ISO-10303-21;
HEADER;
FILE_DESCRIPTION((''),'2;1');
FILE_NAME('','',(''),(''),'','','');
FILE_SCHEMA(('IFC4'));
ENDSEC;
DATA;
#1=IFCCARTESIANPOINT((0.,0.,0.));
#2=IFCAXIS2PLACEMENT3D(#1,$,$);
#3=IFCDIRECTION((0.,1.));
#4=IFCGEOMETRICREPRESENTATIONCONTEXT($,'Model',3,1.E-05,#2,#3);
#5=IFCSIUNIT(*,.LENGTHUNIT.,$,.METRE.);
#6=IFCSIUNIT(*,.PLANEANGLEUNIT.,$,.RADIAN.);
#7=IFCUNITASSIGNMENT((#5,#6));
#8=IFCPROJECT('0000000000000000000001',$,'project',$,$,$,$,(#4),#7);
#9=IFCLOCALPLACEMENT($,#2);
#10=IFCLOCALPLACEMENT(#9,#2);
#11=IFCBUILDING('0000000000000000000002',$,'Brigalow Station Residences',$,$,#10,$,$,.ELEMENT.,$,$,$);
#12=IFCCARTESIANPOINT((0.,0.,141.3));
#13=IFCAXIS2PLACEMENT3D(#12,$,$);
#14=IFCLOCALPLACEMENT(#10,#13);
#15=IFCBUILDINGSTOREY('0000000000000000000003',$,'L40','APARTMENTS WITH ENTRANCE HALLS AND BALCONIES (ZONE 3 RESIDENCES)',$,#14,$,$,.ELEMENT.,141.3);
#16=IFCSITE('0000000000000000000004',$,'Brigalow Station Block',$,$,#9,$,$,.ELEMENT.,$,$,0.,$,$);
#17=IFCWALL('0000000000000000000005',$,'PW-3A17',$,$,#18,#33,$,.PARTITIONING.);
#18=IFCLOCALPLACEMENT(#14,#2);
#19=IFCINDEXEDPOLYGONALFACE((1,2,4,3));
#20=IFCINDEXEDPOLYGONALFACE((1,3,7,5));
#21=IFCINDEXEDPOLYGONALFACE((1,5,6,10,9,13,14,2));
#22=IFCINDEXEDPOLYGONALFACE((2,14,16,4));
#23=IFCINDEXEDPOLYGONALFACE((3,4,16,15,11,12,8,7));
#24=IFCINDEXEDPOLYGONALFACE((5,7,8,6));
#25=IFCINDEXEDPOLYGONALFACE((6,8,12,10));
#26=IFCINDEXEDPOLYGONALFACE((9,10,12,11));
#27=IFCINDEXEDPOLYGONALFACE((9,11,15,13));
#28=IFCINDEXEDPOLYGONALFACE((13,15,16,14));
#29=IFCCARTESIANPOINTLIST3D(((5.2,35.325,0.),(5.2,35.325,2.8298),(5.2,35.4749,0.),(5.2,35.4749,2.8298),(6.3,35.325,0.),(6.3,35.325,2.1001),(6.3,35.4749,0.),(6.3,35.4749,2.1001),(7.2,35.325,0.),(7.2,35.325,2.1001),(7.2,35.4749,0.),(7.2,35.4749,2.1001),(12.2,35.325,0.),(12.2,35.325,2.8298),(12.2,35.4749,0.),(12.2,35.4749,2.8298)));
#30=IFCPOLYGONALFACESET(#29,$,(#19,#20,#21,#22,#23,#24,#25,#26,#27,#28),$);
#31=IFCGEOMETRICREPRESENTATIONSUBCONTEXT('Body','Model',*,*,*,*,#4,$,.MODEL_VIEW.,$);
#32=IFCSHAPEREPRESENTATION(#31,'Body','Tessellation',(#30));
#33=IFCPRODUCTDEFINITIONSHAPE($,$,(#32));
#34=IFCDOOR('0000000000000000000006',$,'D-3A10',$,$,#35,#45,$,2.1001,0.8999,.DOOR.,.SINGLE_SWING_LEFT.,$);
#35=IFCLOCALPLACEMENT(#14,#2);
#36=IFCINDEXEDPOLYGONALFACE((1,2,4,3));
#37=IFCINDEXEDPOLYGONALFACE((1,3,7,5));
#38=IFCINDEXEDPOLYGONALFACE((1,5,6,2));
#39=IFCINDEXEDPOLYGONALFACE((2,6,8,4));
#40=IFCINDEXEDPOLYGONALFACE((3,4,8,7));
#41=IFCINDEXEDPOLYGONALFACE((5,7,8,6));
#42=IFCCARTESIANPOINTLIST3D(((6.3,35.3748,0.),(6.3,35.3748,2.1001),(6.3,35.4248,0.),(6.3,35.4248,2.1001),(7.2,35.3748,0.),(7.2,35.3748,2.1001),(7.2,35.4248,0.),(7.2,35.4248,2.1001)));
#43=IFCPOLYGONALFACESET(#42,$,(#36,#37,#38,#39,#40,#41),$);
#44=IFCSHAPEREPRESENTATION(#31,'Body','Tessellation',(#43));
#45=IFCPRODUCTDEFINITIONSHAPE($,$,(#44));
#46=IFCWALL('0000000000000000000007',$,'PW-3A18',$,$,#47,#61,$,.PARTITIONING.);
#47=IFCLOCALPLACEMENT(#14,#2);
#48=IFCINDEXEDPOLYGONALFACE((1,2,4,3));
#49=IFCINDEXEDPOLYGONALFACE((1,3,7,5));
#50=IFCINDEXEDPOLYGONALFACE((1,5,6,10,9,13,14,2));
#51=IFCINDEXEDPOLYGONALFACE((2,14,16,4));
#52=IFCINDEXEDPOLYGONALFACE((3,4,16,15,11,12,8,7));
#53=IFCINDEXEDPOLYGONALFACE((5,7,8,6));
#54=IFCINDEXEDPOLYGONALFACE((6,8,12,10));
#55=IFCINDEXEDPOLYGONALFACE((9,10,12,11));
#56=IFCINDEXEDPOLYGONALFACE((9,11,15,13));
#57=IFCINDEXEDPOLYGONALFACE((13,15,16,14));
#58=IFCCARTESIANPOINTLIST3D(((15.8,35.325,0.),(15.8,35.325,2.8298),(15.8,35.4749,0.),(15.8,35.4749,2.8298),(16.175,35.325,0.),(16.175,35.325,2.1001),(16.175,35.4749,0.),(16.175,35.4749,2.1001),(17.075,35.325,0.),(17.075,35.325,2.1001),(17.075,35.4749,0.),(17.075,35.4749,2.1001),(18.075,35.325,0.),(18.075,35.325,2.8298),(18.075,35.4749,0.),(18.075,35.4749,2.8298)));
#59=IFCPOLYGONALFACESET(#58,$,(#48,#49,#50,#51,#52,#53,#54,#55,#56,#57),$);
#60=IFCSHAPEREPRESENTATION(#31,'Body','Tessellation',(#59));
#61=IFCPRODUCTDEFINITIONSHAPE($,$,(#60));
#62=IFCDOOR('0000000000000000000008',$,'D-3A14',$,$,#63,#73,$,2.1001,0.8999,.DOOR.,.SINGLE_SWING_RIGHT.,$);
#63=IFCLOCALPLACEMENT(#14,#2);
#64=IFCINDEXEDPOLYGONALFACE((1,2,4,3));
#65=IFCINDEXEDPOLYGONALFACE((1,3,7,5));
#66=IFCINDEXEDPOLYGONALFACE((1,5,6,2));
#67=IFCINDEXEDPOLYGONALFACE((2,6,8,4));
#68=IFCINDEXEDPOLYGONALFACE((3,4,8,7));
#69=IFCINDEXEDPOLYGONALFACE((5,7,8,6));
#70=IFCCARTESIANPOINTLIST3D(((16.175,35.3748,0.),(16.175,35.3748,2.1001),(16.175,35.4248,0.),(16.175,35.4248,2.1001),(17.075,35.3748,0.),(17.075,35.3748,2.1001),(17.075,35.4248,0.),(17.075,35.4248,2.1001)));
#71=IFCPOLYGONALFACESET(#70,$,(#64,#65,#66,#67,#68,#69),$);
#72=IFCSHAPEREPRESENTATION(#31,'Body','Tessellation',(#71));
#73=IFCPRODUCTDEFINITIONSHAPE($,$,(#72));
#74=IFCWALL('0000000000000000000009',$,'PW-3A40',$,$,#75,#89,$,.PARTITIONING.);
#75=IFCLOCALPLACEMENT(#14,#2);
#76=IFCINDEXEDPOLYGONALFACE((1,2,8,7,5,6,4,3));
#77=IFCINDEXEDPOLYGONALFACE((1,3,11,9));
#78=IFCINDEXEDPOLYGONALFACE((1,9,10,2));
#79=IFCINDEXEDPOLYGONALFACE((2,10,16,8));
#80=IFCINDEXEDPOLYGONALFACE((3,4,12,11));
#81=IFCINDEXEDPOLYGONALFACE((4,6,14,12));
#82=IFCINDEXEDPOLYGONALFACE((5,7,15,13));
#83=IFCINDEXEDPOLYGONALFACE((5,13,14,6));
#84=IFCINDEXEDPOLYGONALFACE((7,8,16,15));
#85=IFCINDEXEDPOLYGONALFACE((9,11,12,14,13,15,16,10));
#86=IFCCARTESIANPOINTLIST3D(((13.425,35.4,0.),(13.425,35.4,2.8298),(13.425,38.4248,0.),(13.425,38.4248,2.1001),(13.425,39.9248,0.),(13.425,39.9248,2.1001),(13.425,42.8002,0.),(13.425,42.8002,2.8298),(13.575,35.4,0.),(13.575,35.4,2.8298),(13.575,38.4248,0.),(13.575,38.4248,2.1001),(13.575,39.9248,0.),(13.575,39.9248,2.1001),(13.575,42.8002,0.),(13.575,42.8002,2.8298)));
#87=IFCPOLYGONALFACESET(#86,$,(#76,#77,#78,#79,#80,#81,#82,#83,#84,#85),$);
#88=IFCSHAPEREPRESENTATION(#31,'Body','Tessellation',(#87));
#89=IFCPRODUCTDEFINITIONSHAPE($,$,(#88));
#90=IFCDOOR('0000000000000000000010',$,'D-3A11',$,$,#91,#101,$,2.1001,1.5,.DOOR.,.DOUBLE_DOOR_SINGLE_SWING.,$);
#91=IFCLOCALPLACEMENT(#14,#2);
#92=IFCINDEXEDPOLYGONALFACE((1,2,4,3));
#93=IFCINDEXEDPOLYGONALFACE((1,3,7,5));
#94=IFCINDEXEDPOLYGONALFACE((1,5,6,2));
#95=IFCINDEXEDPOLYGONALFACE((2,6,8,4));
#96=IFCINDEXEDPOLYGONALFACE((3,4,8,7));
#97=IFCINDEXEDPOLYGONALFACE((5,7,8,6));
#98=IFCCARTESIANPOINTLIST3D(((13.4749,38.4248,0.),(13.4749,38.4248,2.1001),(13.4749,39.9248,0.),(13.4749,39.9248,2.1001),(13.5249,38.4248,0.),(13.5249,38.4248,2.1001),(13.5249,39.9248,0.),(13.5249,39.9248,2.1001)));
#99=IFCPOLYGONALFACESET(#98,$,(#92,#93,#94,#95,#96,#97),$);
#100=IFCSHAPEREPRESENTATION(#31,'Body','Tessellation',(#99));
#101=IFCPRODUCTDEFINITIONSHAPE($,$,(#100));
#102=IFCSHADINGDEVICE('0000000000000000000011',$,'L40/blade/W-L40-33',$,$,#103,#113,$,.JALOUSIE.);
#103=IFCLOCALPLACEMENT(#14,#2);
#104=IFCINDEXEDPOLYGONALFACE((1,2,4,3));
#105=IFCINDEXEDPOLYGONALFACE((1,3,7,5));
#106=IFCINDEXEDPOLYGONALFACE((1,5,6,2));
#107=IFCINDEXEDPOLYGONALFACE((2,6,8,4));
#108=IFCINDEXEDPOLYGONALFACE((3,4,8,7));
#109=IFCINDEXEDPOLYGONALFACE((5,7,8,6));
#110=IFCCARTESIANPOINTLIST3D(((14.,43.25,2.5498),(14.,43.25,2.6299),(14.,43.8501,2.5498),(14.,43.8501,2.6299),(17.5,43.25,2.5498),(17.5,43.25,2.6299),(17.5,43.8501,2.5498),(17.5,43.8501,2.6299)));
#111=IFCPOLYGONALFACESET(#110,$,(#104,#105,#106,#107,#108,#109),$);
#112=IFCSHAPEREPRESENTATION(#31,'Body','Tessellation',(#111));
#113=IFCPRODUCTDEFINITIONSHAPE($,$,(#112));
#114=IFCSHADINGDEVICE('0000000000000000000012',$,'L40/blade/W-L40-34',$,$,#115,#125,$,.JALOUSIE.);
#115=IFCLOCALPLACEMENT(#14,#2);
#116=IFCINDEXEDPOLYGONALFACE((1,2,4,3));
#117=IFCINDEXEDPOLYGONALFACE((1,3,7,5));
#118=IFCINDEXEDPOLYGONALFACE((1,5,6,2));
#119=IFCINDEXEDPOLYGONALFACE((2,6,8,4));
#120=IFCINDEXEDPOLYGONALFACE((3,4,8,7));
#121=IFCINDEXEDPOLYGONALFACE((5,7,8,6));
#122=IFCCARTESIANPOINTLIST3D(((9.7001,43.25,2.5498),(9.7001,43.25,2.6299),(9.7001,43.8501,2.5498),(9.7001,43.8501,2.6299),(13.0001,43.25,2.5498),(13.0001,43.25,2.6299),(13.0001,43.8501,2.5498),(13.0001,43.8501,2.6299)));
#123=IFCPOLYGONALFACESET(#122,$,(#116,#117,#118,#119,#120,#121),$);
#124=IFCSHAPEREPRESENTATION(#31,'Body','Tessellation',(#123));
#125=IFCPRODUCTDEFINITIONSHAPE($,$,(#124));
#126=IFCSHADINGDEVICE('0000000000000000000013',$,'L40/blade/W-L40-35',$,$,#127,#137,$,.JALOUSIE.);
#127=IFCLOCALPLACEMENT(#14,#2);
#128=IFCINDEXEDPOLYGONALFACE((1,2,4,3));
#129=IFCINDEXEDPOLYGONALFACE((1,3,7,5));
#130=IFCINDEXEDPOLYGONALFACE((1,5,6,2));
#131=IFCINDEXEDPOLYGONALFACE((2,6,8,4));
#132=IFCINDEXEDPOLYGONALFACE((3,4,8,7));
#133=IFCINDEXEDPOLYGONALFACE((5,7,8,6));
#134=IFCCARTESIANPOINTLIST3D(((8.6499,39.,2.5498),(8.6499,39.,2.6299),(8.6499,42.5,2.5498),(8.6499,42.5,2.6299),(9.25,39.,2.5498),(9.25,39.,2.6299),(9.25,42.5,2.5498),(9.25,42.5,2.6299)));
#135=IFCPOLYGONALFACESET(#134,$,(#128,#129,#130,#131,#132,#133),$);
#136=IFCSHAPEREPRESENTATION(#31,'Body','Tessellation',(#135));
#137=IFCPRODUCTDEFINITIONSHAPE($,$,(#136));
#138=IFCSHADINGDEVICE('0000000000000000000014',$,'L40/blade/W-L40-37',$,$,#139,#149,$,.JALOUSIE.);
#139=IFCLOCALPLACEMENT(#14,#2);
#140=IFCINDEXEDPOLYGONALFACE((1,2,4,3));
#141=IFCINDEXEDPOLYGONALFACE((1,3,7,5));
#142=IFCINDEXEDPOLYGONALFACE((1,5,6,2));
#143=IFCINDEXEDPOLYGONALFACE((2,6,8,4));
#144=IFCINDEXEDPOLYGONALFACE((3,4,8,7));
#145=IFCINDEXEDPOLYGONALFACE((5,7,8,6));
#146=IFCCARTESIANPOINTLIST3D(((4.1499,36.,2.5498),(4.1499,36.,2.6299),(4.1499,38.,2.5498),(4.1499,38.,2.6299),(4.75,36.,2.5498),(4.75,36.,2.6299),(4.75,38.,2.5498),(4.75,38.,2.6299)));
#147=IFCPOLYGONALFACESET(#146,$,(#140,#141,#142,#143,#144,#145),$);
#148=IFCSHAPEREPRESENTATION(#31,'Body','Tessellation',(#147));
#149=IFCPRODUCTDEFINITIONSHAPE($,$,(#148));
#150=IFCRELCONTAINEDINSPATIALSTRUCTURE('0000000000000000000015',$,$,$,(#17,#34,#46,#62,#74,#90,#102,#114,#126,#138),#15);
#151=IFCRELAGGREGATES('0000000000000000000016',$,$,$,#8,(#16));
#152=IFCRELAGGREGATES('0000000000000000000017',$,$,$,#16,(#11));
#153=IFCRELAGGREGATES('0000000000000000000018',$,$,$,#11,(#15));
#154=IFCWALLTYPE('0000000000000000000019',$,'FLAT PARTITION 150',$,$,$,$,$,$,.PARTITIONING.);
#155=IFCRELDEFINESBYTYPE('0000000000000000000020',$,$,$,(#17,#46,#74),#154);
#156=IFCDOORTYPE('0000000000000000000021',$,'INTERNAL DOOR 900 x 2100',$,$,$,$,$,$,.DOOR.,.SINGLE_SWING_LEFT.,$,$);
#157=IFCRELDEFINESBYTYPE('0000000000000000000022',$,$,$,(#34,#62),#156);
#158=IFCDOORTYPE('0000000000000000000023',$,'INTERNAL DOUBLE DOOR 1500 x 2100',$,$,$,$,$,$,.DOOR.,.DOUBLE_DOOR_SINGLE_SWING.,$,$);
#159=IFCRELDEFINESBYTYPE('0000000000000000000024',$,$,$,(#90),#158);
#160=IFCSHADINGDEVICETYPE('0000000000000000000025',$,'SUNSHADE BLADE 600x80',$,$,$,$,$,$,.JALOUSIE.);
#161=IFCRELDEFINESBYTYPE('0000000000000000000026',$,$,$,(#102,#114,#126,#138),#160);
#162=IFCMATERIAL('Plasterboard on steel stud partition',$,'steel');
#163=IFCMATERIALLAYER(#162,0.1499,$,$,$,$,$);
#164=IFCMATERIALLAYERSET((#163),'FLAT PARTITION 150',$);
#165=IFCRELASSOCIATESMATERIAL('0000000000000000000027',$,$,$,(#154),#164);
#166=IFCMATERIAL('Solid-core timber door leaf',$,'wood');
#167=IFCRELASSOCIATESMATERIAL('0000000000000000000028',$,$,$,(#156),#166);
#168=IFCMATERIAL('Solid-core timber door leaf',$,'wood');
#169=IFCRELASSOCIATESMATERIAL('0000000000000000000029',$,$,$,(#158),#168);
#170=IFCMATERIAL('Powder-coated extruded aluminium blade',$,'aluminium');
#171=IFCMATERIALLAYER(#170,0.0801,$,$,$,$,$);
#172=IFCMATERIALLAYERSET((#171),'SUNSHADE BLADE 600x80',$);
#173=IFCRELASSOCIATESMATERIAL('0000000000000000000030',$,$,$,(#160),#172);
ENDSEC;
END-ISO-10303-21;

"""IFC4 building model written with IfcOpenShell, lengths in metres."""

from ifc_helpers import new_model, si_unit, direction, frame, frame_2d, origin, origin_2d, place, context, subcontext, project, spatial, rectangle, extrude, material, layer, layer_set, type_object, element, fill, save


model = new_model("IFC4")

# Units and contexts
model_context = context("Model", 3, precision=1e-05, world=origin(), true_north=direction((0.0, 1.0)))
body_context = subcontext(model_context, "Body", "Model", "MODEL_VIEW")
ifc_project = project(units=[si_unit("LENGTHUNIT", "METRE"), si_unit("PLANEANGLEUNIT", "RADIAN")], contexts=[model_context])

# Site, building, storey
site_placement = place(None, origin())
site = spatial("IfcSite", under=ifc_project, at=site_placement, Name="Brigalow Station Block", CompositionType="ELEMENT", RefElevation=0.0)
building_placement = place(site_placement, origin())
building = spatial("IfcBuilding", under=site, at=building_placement, Name="Brigalow Station Residences", CompositionType="ELEMENT")
storey_placement = place(building_placement, frame((0.0, 0.0, 141.3)))
storey = spatial("IfcBuildingStorey", under=building, at=storey_placement, Name="L40", Description="APARTMENTS WITH ENTRANCE HALLS AND BALCONIES (ZONE 3 RESIDENCES)", CompositionType="ELEMENT", Elevation=141.3)

# Walls, openings, doors
ifc_material_1 = material(Name="Plasterboard on steel stud partition", Category="steel")
ifc_layer_1 = layer(ifc_material_1, 0.1499)
ifc_layer_set_1 = layer_set([ifc_layer_1], Name="FLAT PARTITION 150")
wall_type_1 = type_object("IfcWallType", Name="FLAT PARTITION 150", PredefinedType="PARTITIONING", material=ifc_layer_set_1)
wall_1_placement = place(storey_placement, frame((5.2, 35.3999, 0.0), z_axis=(0.0, 0.0, 1.0), x_axis=(1.0, 0.0, 0.0)))
wall_1 = element("IfcWall", 1, at=wall_1_placement, inside=storey, type_object=wall_type_1, Name="PW-3A17", PredefinedType="PARTITIONING", context=body_context, shape_type="SweptSolid", body=[
    extrude(rectangle(XDim=7.0, YDim=0.1499, at=frame_2d((3.5, 0.0))), origin(), (0.0, 0.0, 1.0), 2.8298),
])
opening_1_placement = place(wall_1_placement, frame((1.1001, 0.0, 0.0)))
opening_1 = element("IfcOpeningElement", 2, at=opening_1_placement, cuts=wall_1, PredefinedType="OPENING", context=body_context, shape_type="SweptSolid", body=[
    extrude(rectangle(XDim=0.8999, YDim=2.1001, at=frame_2d((0.45, 1.05))), frame((0.0, 0.085, 0.0), z_axis=(0.0, -1.0, 0.0), x_axis=(1.0, 0.0, 0.0)), (0.0, 0.0, 1.0), 0.1699),
])
ifc_material_2 = material(Name="Solid-core timber door leaf", Category="wood")
door_type_1 = type_object("IfcDoorType", Name="INTERNAL DOOR 900 x 2100", OperationType="SINGLE_SWING_LEFT", PredefinedType="DOOR", material=ifc_material_2)
door_1_placement = place(opening_1_placement, origin())
door_1 = element("IfcDoor", 3, at=door_1_placement, inside=storey, type_object=door_type_1, Name="D-3A10", OperationType="SINGLE_SWING_LEFT", OverallHeight=2.1001, OverallWidth=0.8999, PredefinedType="DOOR", context=body_context, shape_type="SweptSolid", body=[
    extrude(rectangle(XDim=0.8999, YDim=2.1001, at=frame_2d((0.45, 1.05))), frame((0.0, 0.0249, 0.0), z_axis=(0.0, -1.0, 0.0), x_axis=(1.0, 0.0, 0.0)), (0.0, 0.0, 1.0), 0.05),
])
fill(opening_1, door_1)
wall_2_placement = place(storey_placement, frame((15.8, 35.3999, 0.0), z_axis=(0.0, 0.0, 1.0), x_axis=(1.0, 0.0, 0.0)))
wall_2 = element("IfcWall", 4, at=wall_2_placement, inside=storey, type_object=wall_type_1, Name="PW-3A18", PredefinedType="PARTITIONING", context=body_context, shape_type="SweptSolid", body=[
    extrude(rectangle(XDim=2.2749, YDim=0.1499, at=frame_2d((1.1375, 0.0))), origin(), (0.0, 0.0, 1.0), 2.8298),
])
opening_2_placement = place(wall_2_placement, frame((0.375, 0.0, 0.0)))
opening_2 = element("IfcOpeningElement", 5, at=opening_2_placement, cuts=wall_2, PredefinedType="OPENING", context=body_context, shape_type="SweptSolid", body=[
    extrude(rectangle(XDim=0.8999, YDim=2.1001, at=frame_2d((0.45, 1.05))), frame((0.0, 0.085, 0.0), z_axis=(0.0, -1.0, 0.0), x_axis=(1.0, 0.0, 0.0)), (0.0, 0.0, 1.0), 0.1699),
])
door_2_placement = place(opening_2_placement, origin())
door_2 = element("IfcDoor", 6, at=door_2_placement, inside=storey, type_object=door_type_1, Name="D-3A14", OperationType="SINGLE_SWING_RIGHT", OverallHeight=2.1001, OverallWidth=0.8999, PredefinedType="DOOR", context=body_context, shape_type="SweptSolid", body=[
    extrude(rectangle(XDim=0.8999, YDim=2.1001, at=frame_2d((0.45, 1.05))), frame((0.0, 0.0249, 0.0), z_axis=(0.0, -1.0, 0.0), x_axis=(1.0, 0.0, 0.0)), (0.0, 0.0, 1.0), 0.05),
])
fill(opening_2, door_2)
wall_3_placement = place(storey_placement, frame((13.5, 35.3999, 0.0), z_axis=(0.0, 0.0, 1.0), x_axis=(0.0, 1.0, 0.0)))
wall_3 = element("IfcWall", 7, at=wall_3_placement, inside=storey, type_object=wall_type_1, Name="PW-3A40", PredefinedType="PARTITIONING", context=body_context, shape_type="SweptSolid", body=[
    extrude(rectangle(XDim=7.4001, YDim=0.1499, at=frame_2d((3.7002, 0.0))), origin(), (0.0, 0.0, 1.0), 2.8298),
])
opening_3_placement = place(wall_3_placement, frame((3.0249, 0.0, 0.0)))
opening_3 = element("IfcOpeningElement", 8, at=opening_3_placement, cuts=wall_3, PredefinedType="OPENING", context=body_context, shape_type="SweptSolid", body=[
    extrude(rectangle(XDim=1.5, YDim=2.1001, at=frame_2d((0.75, 1.05))), frame((0.0, 0.085, 0.0), z_axis=(0.0, -1.0, 0.0), x_axis=(1.0, 0.0, 0.0)), (0.0, 0.0, 1.0), 0.1699),
])
ifc_material_3 = material(Name="Solid-core timber door leaf", Category="wood")
door_type_2 = type_object("IfcDoorType", Name="INTERNAL DOUBLE DOOR 1500 x 2100", OperationType="DOUBLE_DOOR_SINGLE_SWING", PredefinedType="DOOR", material=ifc_material_3)
door_3_placement = place(opening_3_placement, frame((1.5, 0.0, 0.0), z_axis=(0.0, 0.0, 1.0), x_axis=(-1.0, 0.0, 0.0)))
door_3 = element("IfcDoor", 9, at=door_3_placement, inside=storey, type_object=door_type_2, Name="D-3A11", OperationType="DOUBLE_DOOR_SINGLE_SWING", OverallHeight=2.1001, OverallWidth=1.5, PredefinedType="DOOR", context=body_context, shape_type="SweptSolid", body=[
    extrude(rectangle(XDim=1.5, YDim=2.1001, at=frame_2d((0.75, 1.05))), frame((0.0, 0.0249, 0.0), z_axis=(0.0, -1.0, 0.0), x_axis=(1.0, 0.0, 0.0)), (0.0, 0.0, 1.0), 0.05),
])
fill(opening_3, door_3)

# Shading devices
ifc_material_4 = material(Name="Powder-coated extruded aluminium blade", Category="aluminium")
ifc_layer_2 = layer(ifc_material_4, 0.0801)
ifc_layer_set_2 = layer_set([ifc_layer_2], Name="SUNSHADE BLADE 600x80")
shading_device_type = type_object("IfcShadingDeviceType", Name="SUNSHADE BLADE 600x80", PredefinedType="JALOUSIE", material=ifc_layer_set_2)
shading_device_1_placement = place(storey_placement, frame((15.75, 43.55, 2.5498), z_axis=(0.0, 0.0, 1.0), x_axis=(-1.0, 0.0, 0.0)))
element("IfcShadingDevice", 10, at=shading_device_1_placement, inside=storey, type_object=shading_device_type, Name="L40/blade/W-L40-33", PredefinedType="JALOUSIE", context=body_context, shape_type="SweptSolid", body=[
    extrude(rectangle(XDim=3.5, YDim=0.6001, at=origin_2d()), origin(), (0.0, 0.0, 1.0), 0.0801),
])
shading_device_2_placement = place(storey_placement, frame((11.3501, 43.55, 2.5498), z_axis=(0.0, 0.0, 1.0), x_axis=(-1.0, 0.0, 0.0)))
element("IfcShadingDevice", 11, at=shading_device_2_placement, inside=storey, type_object=shading_device_type, Name="L40/blade/W-L40-34", PredefinedType="JALOUSIE", context=body_context, shape_type="SweptSolid", body=[
    extrude(rectangle(XDim=3.3, YDim=0.6001, at=origin_2d()), origin(), (0.0, 0.0, 1.0), 0.0801),
])
shading_device_3_placement = place(storey_placement, frame((8.95, 40.75, 2.5498), z_axis=(0.0, 0.0, 1.0), x_axis=(0.0, -1.0, 0.0)))
element("IfcShadingDevice", 12, at=shading_device_3_placement, inside=storey, type_object=shading_device_type, Name="L40/blade/W-L40-35", PredefinedType="JALOUSIE", context=body_context, shape_type="SweptSolid", body=[
    extrude(rectangle(XDim=3.5, YDim=0.6001, at=origin_2d()), origin(), (0.0, 0.0, 1.0), 0.0801),
])
shading_device_4_placement = place(storey_placement, frame((4.45, 37.0, 2.5498), z_axis=(0.0, 0.0, 1.0), x_axis=(0.0, -1.0, 0.0)))
element("IfcShadingDevice", 13, at=shading_device_4_placement, inside=storey, type_object=shading_device_type, Name="L40/blade/W-L40-37", PredefinedType="JALOUSIE", context=body_context, shape_type="SweptSolid", body=[
    extrude(rectangle(XDim=2.0, YDim=0.6001, at=origin_2d()), origin(), (0.0, 0.0, 1.0), 0.0801),
])

save(model, "model.ifc")
